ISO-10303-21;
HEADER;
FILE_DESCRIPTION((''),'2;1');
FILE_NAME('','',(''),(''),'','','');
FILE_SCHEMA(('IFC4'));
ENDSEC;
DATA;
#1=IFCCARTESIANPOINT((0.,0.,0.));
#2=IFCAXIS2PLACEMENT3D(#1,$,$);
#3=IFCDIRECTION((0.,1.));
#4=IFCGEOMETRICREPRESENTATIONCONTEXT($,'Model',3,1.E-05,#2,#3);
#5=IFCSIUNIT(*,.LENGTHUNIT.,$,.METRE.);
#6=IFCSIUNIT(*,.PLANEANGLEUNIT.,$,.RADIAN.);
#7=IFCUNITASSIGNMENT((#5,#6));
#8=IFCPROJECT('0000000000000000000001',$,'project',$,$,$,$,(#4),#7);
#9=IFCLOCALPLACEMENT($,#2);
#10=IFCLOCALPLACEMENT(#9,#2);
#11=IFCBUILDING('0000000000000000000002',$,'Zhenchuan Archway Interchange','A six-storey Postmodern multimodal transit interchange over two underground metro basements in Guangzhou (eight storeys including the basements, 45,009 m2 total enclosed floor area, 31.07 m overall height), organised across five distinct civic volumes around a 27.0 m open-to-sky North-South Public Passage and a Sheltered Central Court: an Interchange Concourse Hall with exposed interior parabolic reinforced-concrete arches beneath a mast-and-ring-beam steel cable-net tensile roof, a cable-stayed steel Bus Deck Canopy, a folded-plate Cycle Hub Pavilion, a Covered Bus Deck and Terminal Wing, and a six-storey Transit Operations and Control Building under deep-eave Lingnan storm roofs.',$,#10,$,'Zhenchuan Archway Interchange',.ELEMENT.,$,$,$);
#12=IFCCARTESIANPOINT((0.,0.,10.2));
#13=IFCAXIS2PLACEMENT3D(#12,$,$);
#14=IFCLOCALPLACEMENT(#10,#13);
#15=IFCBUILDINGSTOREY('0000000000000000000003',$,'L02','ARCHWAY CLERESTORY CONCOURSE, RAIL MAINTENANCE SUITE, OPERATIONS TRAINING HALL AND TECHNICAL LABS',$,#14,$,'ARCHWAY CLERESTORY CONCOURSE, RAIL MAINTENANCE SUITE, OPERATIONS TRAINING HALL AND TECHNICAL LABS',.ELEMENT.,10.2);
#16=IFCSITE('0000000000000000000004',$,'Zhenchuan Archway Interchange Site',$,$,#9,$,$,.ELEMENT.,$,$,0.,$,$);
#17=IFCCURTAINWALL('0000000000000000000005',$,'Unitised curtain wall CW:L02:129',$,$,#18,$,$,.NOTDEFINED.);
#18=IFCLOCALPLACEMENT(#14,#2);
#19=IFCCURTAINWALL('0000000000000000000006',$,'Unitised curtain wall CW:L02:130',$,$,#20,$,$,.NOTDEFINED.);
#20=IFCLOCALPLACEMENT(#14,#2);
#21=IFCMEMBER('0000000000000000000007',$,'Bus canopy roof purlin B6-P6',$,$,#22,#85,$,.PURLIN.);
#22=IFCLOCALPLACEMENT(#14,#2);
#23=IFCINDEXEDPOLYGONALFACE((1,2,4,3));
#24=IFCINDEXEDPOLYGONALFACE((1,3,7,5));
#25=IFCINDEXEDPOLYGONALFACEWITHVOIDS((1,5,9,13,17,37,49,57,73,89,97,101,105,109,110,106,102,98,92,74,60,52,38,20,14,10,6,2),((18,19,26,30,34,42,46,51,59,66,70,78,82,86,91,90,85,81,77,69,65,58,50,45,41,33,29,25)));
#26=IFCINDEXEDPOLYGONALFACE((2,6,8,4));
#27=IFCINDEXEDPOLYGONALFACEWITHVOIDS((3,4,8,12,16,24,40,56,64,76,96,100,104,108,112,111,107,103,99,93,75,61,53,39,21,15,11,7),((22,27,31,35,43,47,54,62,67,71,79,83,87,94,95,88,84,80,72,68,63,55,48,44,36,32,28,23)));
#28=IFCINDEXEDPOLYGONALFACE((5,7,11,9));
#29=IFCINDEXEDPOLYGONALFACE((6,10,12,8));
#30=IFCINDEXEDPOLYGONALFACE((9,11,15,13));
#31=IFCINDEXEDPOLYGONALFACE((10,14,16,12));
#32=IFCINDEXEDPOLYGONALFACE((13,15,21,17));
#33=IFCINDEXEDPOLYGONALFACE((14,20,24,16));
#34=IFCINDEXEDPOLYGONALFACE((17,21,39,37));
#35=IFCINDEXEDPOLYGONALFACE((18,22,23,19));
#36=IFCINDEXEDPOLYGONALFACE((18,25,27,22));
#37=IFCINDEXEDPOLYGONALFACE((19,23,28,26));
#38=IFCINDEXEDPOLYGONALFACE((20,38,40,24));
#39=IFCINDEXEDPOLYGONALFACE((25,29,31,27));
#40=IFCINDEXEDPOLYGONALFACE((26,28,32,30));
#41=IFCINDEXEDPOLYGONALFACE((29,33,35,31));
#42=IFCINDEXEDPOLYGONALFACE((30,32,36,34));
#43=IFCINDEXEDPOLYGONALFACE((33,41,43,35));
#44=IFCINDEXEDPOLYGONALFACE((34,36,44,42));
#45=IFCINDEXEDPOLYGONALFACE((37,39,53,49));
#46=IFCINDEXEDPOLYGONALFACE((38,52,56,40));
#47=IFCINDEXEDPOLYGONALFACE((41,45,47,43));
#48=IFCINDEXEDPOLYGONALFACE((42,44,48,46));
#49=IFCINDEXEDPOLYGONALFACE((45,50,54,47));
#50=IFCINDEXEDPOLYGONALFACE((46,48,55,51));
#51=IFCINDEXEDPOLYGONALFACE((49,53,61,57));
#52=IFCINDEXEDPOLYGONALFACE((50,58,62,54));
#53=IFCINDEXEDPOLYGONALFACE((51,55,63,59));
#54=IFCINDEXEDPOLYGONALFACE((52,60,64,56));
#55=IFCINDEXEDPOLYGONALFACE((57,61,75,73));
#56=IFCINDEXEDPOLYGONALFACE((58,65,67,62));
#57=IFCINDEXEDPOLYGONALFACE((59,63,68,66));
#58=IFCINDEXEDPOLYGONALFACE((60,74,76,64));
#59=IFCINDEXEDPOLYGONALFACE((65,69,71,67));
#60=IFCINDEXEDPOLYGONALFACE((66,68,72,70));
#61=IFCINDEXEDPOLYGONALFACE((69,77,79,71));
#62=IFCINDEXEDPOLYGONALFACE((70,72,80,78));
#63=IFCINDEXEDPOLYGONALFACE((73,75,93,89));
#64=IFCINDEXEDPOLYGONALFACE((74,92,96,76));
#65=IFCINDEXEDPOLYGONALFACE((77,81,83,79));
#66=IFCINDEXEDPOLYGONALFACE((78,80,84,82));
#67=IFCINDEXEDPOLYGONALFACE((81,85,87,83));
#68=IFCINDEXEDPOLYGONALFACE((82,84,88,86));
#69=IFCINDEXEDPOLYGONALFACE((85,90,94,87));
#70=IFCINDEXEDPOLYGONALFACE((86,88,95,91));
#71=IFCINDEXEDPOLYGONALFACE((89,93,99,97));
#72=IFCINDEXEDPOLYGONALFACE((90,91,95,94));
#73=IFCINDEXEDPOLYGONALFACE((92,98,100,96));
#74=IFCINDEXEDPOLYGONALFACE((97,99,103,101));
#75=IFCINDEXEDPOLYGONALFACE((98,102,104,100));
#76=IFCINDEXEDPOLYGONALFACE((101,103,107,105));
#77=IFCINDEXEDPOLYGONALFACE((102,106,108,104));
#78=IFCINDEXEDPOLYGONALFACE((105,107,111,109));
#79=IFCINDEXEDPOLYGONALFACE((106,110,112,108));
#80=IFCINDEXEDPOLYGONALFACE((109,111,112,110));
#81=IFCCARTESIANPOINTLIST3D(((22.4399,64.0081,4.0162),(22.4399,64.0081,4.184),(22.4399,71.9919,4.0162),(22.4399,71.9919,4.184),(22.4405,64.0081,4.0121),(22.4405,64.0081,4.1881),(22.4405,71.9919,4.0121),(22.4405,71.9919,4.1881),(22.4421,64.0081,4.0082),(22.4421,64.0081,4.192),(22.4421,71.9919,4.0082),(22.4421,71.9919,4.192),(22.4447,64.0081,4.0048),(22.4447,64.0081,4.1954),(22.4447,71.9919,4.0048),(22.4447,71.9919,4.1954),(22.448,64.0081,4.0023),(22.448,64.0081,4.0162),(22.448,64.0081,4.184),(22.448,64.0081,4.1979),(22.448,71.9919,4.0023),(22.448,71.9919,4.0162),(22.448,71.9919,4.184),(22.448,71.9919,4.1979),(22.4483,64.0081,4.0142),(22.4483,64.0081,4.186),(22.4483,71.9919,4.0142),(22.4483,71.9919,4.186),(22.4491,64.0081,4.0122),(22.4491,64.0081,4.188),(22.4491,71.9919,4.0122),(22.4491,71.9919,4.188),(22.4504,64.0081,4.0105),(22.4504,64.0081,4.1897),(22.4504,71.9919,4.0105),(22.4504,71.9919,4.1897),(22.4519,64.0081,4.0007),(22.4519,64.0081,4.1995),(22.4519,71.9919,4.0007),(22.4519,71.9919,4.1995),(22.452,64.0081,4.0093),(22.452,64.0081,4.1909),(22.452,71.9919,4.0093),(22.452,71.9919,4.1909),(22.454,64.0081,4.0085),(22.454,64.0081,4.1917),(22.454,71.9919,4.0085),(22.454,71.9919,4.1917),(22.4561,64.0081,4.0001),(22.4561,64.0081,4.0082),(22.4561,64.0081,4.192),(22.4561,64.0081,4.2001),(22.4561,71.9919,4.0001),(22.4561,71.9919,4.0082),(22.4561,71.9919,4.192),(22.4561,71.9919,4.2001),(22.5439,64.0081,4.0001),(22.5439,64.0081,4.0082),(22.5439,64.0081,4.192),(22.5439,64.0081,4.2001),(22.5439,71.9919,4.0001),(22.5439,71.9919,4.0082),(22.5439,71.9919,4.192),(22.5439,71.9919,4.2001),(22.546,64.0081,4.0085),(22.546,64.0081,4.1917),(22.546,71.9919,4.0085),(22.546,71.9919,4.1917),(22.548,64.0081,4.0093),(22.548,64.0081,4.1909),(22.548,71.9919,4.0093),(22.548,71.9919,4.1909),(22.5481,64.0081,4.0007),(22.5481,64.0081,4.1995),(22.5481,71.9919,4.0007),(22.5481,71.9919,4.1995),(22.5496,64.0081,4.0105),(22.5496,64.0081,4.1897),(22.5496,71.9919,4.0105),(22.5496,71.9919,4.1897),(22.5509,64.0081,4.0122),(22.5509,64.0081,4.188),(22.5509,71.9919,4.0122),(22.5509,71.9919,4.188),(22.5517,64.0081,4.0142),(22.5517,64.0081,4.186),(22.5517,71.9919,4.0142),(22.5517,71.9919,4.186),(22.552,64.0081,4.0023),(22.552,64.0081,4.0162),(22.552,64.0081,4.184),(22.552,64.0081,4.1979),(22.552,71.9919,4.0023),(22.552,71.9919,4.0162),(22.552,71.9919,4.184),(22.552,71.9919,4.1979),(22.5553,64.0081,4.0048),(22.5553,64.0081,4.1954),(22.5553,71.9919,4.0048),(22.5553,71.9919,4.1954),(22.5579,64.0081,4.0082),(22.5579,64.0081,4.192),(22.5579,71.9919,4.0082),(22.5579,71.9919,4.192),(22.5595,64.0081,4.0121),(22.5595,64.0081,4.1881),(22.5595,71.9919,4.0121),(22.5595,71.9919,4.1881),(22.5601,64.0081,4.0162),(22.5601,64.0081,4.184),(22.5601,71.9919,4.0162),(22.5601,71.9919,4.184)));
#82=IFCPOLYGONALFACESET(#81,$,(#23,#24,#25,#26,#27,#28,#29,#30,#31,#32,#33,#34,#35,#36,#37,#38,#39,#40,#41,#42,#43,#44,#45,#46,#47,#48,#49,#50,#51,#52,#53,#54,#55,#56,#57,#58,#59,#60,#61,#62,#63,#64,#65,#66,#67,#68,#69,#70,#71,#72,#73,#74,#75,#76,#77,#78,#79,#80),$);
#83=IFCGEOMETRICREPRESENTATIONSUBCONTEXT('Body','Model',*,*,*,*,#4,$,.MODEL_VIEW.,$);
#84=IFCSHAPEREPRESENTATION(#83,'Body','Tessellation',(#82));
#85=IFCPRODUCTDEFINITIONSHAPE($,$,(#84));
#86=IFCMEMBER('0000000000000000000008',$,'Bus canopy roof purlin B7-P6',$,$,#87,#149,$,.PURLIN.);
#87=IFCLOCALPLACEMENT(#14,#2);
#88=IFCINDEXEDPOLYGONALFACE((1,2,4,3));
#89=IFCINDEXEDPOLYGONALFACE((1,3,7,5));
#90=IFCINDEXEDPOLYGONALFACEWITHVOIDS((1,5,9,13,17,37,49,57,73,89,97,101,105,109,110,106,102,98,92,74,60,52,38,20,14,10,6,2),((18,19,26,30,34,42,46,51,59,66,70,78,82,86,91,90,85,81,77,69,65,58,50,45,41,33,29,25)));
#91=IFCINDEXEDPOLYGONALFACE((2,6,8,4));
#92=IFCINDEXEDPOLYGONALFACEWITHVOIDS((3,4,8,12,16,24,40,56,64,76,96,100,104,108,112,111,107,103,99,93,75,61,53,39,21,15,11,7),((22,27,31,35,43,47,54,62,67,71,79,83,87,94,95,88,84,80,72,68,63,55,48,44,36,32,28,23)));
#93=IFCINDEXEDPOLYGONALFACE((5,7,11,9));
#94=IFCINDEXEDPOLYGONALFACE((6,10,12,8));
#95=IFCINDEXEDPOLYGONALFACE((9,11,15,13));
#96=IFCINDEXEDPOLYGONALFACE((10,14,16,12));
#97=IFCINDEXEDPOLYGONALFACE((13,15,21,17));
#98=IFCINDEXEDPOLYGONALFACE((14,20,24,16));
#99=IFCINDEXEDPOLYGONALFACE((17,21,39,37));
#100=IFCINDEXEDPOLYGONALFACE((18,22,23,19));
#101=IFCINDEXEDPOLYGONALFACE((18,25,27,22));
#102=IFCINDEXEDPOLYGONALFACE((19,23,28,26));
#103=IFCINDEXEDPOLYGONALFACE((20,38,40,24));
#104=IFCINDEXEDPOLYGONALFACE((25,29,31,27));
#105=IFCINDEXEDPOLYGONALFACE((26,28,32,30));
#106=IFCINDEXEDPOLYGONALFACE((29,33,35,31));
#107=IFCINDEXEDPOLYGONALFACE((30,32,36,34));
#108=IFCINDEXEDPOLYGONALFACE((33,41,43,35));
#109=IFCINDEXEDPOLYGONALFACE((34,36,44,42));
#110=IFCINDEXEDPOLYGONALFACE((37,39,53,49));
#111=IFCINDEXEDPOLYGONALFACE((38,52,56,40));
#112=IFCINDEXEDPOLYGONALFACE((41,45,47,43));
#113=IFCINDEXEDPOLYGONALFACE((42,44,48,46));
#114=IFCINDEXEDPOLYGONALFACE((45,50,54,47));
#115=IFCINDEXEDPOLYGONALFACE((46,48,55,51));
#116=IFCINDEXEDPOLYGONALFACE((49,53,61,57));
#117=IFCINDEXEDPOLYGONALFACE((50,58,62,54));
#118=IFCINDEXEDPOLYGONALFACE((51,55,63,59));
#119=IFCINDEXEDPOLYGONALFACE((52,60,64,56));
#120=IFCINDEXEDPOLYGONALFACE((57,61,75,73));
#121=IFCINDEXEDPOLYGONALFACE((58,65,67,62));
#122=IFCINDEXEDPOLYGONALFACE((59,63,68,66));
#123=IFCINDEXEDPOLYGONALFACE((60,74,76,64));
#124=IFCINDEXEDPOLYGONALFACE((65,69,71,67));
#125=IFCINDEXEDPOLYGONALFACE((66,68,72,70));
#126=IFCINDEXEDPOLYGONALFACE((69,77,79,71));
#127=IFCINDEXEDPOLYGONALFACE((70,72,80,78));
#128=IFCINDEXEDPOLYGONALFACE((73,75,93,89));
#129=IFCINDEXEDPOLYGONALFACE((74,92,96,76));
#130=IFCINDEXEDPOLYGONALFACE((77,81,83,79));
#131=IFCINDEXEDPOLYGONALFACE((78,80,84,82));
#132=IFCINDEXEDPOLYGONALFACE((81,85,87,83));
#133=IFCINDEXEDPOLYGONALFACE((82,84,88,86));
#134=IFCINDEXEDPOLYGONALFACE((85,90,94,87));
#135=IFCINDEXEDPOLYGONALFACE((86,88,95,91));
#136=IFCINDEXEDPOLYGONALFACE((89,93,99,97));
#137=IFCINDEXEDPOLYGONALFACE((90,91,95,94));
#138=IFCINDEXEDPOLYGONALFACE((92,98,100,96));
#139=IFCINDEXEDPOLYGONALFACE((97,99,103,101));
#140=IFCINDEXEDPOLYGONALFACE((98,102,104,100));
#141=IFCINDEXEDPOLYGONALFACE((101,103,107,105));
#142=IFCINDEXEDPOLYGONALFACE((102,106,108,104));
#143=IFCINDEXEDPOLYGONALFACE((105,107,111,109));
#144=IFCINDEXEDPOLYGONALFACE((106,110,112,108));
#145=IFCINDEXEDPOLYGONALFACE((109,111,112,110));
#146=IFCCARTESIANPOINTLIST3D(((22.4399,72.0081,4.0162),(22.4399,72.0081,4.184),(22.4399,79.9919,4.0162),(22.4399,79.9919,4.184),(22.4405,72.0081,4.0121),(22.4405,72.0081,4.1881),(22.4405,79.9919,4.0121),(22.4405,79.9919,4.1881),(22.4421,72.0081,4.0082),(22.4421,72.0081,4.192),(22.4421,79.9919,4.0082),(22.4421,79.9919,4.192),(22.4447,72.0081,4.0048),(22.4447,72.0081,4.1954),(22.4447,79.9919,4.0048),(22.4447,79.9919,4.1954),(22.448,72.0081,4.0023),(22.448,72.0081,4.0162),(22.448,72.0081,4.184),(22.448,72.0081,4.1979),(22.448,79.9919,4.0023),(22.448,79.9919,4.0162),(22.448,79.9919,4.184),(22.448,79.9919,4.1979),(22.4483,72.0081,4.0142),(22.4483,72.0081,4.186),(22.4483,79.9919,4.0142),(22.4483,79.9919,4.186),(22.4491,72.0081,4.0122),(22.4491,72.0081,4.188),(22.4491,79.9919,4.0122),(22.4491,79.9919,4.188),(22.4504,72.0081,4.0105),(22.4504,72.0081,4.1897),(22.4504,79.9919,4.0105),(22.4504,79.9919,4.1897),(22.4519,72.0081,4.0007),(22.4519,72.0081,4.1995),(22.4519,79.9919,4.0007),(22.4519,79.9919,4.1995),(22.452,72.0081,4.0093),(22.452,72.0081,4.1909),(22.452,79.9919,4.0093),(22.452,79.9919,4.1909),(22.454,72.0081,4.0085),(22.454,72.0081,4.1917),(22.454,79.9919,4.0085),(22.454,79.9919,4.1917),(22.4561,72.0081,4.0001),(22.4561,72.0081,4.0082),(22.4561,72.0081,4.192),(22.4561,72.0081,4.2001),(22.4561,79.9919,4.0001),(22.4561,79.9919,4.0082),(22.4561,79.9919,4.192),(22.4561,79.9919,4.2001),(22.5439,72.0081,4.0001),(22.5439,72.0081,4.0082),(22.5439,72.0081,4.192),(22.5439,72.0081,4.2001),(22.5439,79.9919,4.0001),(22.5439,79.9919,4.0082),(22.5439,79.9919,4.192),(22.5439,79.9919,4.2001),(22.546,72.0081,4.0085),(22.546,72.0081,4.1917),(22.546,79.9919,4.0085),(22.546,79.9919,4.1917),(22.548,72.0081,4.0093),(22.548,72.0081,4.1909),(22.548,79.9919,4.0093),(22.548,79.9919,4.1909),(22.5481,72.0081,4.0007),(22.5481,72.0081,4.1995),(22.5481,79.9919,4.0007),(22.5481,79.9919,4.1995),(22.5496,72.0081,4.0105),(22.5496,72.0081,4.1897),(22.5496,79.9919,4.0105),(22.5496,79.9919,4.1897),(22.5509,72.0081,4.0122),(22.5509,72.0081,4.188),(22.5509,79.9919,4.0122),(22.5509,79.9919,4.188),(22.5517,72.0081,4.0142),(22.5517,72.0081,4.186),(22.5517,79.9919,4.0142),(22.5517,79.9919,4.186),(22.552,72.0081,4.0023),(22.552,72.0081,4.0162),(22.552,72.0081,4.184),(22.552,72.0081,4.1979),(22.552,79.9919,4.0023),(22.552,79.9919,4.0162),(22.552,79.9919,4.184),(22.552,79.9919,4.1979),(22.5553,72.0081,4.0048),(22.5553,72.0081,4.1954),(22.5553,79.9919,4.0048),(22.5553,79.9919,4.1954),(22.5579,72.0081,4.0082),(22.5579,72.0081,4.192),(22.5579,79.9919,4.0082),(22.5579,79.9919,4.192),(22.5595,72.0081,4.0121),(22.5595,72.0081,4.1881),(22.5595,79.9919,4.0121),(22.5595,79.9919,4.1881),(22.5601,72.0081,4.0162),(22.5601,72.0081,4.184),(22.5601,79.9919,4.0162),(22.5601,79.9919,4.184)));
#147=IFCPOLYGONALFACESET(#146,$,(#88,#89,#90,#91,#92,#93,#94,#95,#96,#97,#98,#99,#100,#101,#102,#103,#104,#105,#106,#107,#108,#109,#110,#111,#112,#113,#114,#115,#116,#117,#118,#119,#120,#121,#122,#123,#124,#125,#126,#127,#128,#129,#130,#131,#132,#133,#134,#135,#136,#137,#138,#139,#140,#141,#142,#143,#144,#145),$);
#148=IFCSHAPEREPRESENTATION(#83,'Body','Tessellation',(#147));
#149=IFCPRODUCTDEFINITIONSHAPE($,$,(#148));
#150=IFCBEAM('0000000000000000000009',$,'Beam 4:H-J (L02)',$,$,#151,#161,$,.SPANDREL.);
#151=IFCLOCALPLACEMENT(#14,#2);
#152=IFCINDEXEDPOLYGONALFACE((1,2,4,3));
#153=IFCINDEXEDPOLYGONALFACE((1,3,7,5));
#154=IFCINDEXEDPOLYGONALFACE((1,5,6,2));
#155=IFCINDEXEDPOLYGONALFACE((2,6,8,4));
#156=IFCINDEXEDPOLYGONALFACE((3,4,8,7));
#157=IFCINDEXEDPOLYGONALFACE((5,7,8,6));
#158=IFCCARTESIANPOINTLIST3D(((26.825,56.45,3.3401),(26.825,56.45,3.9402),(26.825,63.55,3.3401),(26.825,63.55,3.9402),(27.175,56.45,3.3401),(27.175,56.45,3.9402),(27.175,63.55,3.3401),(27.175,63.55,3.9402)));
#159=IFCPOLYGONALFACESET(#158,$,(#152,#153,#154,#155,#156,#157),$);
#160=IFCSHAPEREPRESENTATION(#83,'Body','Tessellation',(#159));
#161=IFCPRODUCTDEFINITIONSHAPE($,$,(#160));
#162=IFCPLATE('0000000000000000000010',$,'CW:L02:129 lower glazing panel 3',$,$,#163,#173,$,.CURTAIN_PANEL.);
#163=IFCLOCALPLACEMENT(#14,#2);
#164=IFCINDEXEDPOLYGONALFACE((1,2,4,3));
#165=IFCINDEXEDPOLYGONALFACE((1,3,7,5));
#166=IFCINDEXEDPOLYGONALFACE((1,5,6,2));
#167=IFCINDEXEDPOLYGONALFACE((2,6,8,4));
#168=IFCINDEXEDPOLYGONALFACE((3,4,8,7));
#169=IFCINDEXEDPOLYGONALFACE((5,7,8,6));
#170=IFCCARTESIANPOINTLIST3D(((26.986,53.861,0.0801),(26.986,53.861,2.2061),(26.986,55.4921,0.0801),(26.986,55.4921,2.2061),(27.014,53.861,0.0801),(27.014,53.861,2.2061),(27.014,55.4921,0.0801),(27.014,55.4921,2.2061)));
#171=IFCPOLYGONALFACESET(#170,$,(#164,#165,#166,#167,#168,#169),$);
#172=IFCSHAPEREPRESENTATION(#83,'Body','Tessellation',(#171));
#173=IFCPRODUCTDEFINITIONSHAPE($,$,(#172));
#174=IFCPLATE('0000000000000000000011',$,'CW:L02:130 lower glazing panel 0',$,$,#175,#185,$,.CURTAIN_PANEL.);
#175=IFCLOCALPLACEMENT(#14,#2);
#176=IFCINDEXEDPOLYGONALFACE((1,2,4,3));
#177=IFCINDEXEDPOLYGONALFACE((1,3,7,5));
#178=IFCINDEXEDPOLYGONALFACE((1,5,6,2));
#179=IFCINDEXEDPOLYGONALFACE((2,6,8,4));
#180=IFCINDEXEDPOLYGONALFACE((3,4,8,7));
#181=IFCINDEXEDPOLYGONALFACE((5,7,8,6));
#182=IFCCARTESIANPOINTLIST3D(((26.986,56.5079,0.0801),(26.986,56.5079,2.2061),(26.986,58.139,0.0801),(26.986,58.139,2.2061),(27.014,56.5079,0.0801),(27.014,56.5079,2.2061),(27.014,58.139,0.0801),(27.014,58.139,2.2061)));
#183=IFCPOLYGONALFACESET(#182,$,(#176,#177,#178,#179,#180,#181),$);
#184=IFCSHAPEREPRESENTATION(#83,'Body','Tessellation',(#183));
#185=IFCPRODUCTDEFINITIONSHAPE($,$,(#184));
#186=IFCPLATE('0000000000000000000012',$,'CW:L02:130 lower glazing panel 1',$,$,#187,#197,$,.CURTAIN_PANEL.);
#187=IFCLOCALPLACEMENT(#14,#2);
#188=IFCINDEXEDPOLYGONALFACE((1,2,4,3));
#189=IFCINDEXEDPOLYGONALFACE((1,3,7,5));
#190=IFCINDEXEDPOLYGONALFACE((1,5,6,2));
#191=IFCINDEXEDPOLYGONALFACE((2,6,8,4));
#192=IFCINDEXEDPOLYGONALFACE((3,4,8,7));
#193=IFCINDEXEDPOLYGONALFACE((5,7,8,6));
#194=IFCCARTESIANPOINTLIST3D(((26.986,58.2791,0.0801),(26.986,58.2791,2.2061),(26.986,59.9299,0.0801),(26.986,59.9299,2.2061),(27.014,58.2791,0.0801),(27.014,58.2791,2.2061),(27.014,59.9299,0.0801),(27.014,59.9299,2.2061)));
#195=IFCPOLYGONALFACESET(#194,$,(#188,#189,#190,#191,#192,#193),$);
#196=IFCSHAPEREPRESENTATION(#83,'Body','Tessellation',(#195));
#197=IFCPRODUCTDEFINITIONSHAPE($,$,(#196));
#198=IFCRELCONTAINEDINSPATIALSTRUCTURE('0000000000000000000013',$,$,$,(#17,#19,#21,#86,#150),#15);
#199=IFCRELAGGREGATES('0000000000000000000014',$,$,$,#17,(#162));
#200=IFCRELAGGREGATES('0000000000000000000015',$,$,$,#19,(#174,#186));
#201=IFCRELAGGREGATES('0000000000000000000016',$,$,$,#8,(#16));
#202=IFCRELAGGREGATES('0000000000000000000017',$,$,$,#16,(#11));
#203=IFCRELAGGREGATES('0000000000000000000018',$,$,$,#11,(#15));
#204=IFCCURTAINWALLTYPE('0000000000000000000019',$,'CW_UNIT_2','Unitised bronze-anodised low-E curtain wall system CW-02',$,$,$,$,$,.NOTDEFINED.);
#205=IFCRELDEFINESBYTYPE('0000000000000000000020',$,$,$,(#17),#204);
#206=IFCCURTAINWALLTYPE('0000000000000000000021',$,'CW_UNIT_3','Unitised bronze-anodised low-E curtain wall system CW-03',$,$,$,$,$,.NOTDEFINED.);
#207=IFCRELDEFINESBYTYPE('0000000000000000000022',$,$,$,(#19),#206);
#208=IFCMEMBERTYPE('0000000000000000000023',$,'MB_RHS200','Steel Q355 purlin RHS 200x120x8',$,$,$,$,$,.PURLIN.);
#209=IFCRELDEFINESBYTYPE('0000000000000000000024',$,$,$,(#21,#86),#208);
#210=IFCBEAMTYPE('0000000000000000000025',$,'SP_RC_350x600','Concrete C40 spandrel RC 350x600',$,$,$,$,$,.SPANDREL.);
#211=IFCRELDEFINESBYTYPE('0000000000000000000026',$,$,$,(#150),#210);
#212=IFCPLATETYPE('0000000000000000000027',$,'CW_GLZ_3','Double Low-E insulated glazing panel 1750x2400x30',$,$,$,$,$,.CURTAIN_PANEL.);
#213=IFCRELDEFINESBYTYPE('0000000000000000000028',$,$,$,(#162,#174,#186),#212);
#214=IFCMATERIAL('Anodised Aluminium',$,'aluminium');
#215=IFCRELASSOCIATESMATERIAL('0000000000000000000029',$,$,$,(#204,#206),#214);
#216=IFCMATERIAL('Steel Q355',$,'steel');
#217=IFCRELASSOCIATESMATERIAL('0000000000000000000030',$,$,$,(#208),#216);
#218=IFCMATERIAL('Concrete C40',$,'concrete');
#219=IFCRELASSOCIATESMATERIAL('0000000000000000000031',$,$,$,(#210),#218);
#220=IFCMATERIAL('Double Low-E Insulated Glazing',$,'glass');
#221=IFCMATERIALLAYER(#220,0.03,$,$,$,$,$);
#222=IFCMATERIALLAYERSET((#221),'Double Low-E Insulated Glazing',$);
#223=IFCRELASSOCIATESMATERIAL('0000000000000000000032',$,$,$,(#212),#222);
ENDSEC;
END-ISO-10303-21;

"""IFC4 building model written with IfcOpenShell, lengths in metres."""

from ifc_helpers import new_model, si_unit, direction, frame, origin, origin_2d, place, context, subcontext, project, spatial, rectangle, hollow_rectangle, extrude, material, layer, layer_set, material_profile, profile_set, type_object, element, aggregate, save


model = new_model("IFC4")

# Units and contexts
model_context = context("Model", 3, precision=1e-05, world=origin(), true_north=direction((0.0, 1.0)))
body_context = subcontext(model_context, "Body", "Model", "MODEL_VIEW")
ifc_project = project(units=[si_unit("LENGTHUNIT", "METRE"), si_unit("PLANEANGLEUNIT", "RADIAN")], contexts=[model_context])

# Site, building, storey
site_placement = place(None, origin())
site = spatial("IfcSite", under=ifc_project, at=site_placement, Name="Zhenchuan Archway Interchange Site", CompositionType="ELEMENT", RefElevation=0.0)
building_placement = place(site_placement, origin())
building = spatial("IfcBuilding", under=site, at=building_placement, Name="Zhenchuan Archway Interchange", Description="A six-storey Postmodern multimodal transit interchange over two underground metro basements in Guangzhou (eight storeys including the basements, 45,009 m2 total enclosed floor area, 31.07 m overall height), organised across five distinct civic volumes around a 27.0 m open-to-sky North-South Public Passage and a Sheltered Central Court: an Interchange Concourse Hall with exposed interior parabolic reinforced-concrete arches beneath a mast-and-ring-beam steel cable-net tensile roof, a cable-stayed steel Bus Deck Canopy, a folded-plate Cycle Hub Pavilion, a Covered Bus Deck and Terminal Wing, and a six-storey Transit Operations and Control Building under deep-eave Lingnan storm roofs.", LongName="Zhenchuan Archway Interchange", CompositionType="ELEMENT")
storey_placement = place(building_placement, frame((0.0, 0.0, 10.2)))
storey = spatial("IfcBuildingStorey", under=building, at=storey_placement, Name="L02", Description="ARCHWAY CLERESTORY CONCOURSE, RAIL MAINTENANCE SUITE, OPERATIONS TRAINING HALL AND TECHNICAL LABS", LongName="ARCHWAY CLERESTORY CONCOURSE, RAIL MAINTENANCE SUITE, OPERATIONS TRAINING HALL AND TECHNICAL LABS", CompositionType="ELEMENT", Elevation=10.2)

# Shared definitions
ifc_material_1 = material(Name="Concrete C40", Category="concrete")

# Shared definitions
ifc_material_2 = material(Name="Steel Q355", Category="steel")

# Curtain wall
ifc_material_3 = material(Name="Anodised Aluminium", Category="aluminium")
curtain_wall_type_1 = type_object("IfcCurtainWallType", Name="CW_UNIT_2", Description="Unitised bronze-anodised low-E curtain wall system CW-02", PredefinedType="NOTDEFINED", material=ifc_material_3)
curtain_wall_1_placement = place(storey_placement, origin())
curtain_wall_1 = element("IfcCurtainWall", 1, at=curtain_wall_1_placement, inside=storey, type_object=curtain_wall_type_1, Name="Unitised curtain wall CW:L02:129", PredefinedType="NOTDEFINED")

# Curtain wall
curtain_wall_type_2 = type_object("IfcCurtainWallType", Name="CW_UNIT_3", Description="Unitised bronze-anodised low-E curtain wall system CW-03", PredefinedType="NOTDEFINED", material=ifc_material_3)
curtain_wall_2_placement = place(storey_placement, origin())
curtain_wall_2 = element("IfcCurtainWall", 2, at=curtain_wall_2_placement, inside=storey, type_object=curtain_wall_type_2, Name="Unitised curtain wall CW:L02:130", PredefinedType="NOTDEFINED")

# Members
ifc_material_profile_1 = material_profile(ifc_material_2, hollow_rectangle(XDim=0.1201, YDim=0.2, WallThickness=0.0081, InnerFilletRadius=0.0081, OuterFilletRadius=0.0161, at=origin_2d()), Name="RHS 200x120x8")
ifc_profile_set_1 = profile_set([ifc_material_profile_1], Name="Steel Q355")
member_type_1 = type_object("IfcMemberType", Name="MB_RHS200", Description="Steel Q355 purlin RHS 200x120x8", PredefinedType="PURLIN", material=ifc_profile_set_1)
for number, where, z_axis, x_axis, name in (
    (3, (22.5, 64.0081, 4.1001), (0.0, 1.0, 0.0), (-1.0, 0.0, 0.0), "Bus canopy roof purlin B6-P6"),
    (4, (22.5, 72.0081, 4.1001), (0.0, 1.0, 0.0), (-1.0, 0.0, 0.0), "Bus canopy roof purlin B7-P6"),
):
    element("IfcMember", number, at=place(storey_placement, frame(where, z_axis=z_axis, x_axis=x_axis)), inside=storey, type_object=member_type_1, Name=name, PredefinedType="PURLIN", context=body_context, shape_type="SweptSolid", body=[
        extrude(hollow_rectangle(XDim=0.1201, YDim=0.2, WallThickness=0.0081, InnerFilletRadius=0.0081, OuterFilletRadius=0.0161, at=origin_2d()), origin(), (0.0, 0.0, 1.0), 7.9839),
    ])

# Beam
ifc_material_profile_2 = material_profile(ifc_material_1, rectangle(XDim=0.3501, YDim=0.6001, at=origin_2d()), Name="RC 350x600")
ifc_profile_set_2 = profile_set([ifc_material_profile_2], Name="Concrete C40")
beam_type_1 = type_object("IfcBeamType", Name="SP_RC_350x600", Description="Concrete C40 spandrel RC 350x600", PredefinedType="SPANDREL", material=ifc_profile_set_2)
beam_1_placement = place(storey_placement, frame((27.0, 56.45, 3.6401), z_axis=(0.0, 1.0, 0.0), x_axis=(-1.0, 0.0, 0.0)))
element("IfcBeam", 5, at=beam_1_placement, inside=storey, type_object=beam_type_1, Name="Beam 4:H-J (L02)", PredefinedType="SPANDREL", context=body_context, shape_type="SweptSolid", body=[
    extrude(rectangle(XDim=0.3501, YDim=0.6001, at=origin_2d()), origin(), (0.0, 0.0, 1.0), 7.1001),
])

# Plates
ifc_material_4 = material(Name="Double Low-E Insulated Glazing", Category="glass")
ifc_layer_1 = layer(ifc_material_4, 0.03)
ifc_layer_set_1 = layer_set([ifc_layer_1], Name="Double Low-E Insulated Glazing")
plate_type_1 = type_object("IfcPlateType", Name="CW_GLZ_3", Description="Double Low-E insulated glazing panel 1750x2400x30", PredefinedType="CURTAIN_PANEL", material=ifc_layer_set_1)
plate_1_placement = place(storey_placement, frame((27.0, 54.6765, 0.0801), z_axis=(0.0, 0.0, 1.0), x_axis=(0.0, 1.0, 0.0)))
plate_1 = element("IfcPlate", 6, at=plate_1_placement, type_object=plate_type_1, Name="CW:L02:129 lower glazing panel 3", PredefinedType="CURTAIN_PANEL", context=body_context, shape_type="SweptSolid", body=[
    extrude(rectangle(XDim=1.6311, YDim=0.0281, at=origin_2d()), origin(), (0.0, 0.0, 1.0), 2.126),
])
plate_2_placement = place(storey_placement, frame((27.0, 57.3235, 0.0801), z_axis=(0.0, 0.0, 1.0), x_axis=(0.0, 1.0, 0.0)))
plate_2 = element("IfcPlate", 7, at=plate_2_placement, type_object=plate_type_1, Name="CW:L02:130 lower glazing panel 0", PredefinedType="CURTAIN_PANEL", context=body_context, shape_type="SweptSolid", body=[
    extrude(rectangle(XDim=1.6311, YDim=0.0281, at=origin_2d()), origin(), (0.0, 0.0, 1.0), 2.126),
])
plate_3_placement = place(storey_placement, frame((27.0, 59.1045, 0.0801), z_axis=(0.0, 0.0, 1.0), x_axis=(0.0, 1.0, 0.0)))
plate_3 = element("IfcPlate", 8, at=plate_3_placement, type_object=plate_type_1, Name="CW:L02:130 lower glazing panel 1", PredefinedType="CURTAIN_PANEL", context=body_context, shape_type="SweptSolid", body=[
    extrude(rectangle(XDim=1.6509, YDim=0.0281, at=origin_2d()), origin(), (0.0, 0.0, 1.0), 2.126),
])
aggregate(curtain_wall_1, [plate_1])
aggregate(curtain_wall_2, [plate_2, plate_3])

save(model, "model.ifc")
